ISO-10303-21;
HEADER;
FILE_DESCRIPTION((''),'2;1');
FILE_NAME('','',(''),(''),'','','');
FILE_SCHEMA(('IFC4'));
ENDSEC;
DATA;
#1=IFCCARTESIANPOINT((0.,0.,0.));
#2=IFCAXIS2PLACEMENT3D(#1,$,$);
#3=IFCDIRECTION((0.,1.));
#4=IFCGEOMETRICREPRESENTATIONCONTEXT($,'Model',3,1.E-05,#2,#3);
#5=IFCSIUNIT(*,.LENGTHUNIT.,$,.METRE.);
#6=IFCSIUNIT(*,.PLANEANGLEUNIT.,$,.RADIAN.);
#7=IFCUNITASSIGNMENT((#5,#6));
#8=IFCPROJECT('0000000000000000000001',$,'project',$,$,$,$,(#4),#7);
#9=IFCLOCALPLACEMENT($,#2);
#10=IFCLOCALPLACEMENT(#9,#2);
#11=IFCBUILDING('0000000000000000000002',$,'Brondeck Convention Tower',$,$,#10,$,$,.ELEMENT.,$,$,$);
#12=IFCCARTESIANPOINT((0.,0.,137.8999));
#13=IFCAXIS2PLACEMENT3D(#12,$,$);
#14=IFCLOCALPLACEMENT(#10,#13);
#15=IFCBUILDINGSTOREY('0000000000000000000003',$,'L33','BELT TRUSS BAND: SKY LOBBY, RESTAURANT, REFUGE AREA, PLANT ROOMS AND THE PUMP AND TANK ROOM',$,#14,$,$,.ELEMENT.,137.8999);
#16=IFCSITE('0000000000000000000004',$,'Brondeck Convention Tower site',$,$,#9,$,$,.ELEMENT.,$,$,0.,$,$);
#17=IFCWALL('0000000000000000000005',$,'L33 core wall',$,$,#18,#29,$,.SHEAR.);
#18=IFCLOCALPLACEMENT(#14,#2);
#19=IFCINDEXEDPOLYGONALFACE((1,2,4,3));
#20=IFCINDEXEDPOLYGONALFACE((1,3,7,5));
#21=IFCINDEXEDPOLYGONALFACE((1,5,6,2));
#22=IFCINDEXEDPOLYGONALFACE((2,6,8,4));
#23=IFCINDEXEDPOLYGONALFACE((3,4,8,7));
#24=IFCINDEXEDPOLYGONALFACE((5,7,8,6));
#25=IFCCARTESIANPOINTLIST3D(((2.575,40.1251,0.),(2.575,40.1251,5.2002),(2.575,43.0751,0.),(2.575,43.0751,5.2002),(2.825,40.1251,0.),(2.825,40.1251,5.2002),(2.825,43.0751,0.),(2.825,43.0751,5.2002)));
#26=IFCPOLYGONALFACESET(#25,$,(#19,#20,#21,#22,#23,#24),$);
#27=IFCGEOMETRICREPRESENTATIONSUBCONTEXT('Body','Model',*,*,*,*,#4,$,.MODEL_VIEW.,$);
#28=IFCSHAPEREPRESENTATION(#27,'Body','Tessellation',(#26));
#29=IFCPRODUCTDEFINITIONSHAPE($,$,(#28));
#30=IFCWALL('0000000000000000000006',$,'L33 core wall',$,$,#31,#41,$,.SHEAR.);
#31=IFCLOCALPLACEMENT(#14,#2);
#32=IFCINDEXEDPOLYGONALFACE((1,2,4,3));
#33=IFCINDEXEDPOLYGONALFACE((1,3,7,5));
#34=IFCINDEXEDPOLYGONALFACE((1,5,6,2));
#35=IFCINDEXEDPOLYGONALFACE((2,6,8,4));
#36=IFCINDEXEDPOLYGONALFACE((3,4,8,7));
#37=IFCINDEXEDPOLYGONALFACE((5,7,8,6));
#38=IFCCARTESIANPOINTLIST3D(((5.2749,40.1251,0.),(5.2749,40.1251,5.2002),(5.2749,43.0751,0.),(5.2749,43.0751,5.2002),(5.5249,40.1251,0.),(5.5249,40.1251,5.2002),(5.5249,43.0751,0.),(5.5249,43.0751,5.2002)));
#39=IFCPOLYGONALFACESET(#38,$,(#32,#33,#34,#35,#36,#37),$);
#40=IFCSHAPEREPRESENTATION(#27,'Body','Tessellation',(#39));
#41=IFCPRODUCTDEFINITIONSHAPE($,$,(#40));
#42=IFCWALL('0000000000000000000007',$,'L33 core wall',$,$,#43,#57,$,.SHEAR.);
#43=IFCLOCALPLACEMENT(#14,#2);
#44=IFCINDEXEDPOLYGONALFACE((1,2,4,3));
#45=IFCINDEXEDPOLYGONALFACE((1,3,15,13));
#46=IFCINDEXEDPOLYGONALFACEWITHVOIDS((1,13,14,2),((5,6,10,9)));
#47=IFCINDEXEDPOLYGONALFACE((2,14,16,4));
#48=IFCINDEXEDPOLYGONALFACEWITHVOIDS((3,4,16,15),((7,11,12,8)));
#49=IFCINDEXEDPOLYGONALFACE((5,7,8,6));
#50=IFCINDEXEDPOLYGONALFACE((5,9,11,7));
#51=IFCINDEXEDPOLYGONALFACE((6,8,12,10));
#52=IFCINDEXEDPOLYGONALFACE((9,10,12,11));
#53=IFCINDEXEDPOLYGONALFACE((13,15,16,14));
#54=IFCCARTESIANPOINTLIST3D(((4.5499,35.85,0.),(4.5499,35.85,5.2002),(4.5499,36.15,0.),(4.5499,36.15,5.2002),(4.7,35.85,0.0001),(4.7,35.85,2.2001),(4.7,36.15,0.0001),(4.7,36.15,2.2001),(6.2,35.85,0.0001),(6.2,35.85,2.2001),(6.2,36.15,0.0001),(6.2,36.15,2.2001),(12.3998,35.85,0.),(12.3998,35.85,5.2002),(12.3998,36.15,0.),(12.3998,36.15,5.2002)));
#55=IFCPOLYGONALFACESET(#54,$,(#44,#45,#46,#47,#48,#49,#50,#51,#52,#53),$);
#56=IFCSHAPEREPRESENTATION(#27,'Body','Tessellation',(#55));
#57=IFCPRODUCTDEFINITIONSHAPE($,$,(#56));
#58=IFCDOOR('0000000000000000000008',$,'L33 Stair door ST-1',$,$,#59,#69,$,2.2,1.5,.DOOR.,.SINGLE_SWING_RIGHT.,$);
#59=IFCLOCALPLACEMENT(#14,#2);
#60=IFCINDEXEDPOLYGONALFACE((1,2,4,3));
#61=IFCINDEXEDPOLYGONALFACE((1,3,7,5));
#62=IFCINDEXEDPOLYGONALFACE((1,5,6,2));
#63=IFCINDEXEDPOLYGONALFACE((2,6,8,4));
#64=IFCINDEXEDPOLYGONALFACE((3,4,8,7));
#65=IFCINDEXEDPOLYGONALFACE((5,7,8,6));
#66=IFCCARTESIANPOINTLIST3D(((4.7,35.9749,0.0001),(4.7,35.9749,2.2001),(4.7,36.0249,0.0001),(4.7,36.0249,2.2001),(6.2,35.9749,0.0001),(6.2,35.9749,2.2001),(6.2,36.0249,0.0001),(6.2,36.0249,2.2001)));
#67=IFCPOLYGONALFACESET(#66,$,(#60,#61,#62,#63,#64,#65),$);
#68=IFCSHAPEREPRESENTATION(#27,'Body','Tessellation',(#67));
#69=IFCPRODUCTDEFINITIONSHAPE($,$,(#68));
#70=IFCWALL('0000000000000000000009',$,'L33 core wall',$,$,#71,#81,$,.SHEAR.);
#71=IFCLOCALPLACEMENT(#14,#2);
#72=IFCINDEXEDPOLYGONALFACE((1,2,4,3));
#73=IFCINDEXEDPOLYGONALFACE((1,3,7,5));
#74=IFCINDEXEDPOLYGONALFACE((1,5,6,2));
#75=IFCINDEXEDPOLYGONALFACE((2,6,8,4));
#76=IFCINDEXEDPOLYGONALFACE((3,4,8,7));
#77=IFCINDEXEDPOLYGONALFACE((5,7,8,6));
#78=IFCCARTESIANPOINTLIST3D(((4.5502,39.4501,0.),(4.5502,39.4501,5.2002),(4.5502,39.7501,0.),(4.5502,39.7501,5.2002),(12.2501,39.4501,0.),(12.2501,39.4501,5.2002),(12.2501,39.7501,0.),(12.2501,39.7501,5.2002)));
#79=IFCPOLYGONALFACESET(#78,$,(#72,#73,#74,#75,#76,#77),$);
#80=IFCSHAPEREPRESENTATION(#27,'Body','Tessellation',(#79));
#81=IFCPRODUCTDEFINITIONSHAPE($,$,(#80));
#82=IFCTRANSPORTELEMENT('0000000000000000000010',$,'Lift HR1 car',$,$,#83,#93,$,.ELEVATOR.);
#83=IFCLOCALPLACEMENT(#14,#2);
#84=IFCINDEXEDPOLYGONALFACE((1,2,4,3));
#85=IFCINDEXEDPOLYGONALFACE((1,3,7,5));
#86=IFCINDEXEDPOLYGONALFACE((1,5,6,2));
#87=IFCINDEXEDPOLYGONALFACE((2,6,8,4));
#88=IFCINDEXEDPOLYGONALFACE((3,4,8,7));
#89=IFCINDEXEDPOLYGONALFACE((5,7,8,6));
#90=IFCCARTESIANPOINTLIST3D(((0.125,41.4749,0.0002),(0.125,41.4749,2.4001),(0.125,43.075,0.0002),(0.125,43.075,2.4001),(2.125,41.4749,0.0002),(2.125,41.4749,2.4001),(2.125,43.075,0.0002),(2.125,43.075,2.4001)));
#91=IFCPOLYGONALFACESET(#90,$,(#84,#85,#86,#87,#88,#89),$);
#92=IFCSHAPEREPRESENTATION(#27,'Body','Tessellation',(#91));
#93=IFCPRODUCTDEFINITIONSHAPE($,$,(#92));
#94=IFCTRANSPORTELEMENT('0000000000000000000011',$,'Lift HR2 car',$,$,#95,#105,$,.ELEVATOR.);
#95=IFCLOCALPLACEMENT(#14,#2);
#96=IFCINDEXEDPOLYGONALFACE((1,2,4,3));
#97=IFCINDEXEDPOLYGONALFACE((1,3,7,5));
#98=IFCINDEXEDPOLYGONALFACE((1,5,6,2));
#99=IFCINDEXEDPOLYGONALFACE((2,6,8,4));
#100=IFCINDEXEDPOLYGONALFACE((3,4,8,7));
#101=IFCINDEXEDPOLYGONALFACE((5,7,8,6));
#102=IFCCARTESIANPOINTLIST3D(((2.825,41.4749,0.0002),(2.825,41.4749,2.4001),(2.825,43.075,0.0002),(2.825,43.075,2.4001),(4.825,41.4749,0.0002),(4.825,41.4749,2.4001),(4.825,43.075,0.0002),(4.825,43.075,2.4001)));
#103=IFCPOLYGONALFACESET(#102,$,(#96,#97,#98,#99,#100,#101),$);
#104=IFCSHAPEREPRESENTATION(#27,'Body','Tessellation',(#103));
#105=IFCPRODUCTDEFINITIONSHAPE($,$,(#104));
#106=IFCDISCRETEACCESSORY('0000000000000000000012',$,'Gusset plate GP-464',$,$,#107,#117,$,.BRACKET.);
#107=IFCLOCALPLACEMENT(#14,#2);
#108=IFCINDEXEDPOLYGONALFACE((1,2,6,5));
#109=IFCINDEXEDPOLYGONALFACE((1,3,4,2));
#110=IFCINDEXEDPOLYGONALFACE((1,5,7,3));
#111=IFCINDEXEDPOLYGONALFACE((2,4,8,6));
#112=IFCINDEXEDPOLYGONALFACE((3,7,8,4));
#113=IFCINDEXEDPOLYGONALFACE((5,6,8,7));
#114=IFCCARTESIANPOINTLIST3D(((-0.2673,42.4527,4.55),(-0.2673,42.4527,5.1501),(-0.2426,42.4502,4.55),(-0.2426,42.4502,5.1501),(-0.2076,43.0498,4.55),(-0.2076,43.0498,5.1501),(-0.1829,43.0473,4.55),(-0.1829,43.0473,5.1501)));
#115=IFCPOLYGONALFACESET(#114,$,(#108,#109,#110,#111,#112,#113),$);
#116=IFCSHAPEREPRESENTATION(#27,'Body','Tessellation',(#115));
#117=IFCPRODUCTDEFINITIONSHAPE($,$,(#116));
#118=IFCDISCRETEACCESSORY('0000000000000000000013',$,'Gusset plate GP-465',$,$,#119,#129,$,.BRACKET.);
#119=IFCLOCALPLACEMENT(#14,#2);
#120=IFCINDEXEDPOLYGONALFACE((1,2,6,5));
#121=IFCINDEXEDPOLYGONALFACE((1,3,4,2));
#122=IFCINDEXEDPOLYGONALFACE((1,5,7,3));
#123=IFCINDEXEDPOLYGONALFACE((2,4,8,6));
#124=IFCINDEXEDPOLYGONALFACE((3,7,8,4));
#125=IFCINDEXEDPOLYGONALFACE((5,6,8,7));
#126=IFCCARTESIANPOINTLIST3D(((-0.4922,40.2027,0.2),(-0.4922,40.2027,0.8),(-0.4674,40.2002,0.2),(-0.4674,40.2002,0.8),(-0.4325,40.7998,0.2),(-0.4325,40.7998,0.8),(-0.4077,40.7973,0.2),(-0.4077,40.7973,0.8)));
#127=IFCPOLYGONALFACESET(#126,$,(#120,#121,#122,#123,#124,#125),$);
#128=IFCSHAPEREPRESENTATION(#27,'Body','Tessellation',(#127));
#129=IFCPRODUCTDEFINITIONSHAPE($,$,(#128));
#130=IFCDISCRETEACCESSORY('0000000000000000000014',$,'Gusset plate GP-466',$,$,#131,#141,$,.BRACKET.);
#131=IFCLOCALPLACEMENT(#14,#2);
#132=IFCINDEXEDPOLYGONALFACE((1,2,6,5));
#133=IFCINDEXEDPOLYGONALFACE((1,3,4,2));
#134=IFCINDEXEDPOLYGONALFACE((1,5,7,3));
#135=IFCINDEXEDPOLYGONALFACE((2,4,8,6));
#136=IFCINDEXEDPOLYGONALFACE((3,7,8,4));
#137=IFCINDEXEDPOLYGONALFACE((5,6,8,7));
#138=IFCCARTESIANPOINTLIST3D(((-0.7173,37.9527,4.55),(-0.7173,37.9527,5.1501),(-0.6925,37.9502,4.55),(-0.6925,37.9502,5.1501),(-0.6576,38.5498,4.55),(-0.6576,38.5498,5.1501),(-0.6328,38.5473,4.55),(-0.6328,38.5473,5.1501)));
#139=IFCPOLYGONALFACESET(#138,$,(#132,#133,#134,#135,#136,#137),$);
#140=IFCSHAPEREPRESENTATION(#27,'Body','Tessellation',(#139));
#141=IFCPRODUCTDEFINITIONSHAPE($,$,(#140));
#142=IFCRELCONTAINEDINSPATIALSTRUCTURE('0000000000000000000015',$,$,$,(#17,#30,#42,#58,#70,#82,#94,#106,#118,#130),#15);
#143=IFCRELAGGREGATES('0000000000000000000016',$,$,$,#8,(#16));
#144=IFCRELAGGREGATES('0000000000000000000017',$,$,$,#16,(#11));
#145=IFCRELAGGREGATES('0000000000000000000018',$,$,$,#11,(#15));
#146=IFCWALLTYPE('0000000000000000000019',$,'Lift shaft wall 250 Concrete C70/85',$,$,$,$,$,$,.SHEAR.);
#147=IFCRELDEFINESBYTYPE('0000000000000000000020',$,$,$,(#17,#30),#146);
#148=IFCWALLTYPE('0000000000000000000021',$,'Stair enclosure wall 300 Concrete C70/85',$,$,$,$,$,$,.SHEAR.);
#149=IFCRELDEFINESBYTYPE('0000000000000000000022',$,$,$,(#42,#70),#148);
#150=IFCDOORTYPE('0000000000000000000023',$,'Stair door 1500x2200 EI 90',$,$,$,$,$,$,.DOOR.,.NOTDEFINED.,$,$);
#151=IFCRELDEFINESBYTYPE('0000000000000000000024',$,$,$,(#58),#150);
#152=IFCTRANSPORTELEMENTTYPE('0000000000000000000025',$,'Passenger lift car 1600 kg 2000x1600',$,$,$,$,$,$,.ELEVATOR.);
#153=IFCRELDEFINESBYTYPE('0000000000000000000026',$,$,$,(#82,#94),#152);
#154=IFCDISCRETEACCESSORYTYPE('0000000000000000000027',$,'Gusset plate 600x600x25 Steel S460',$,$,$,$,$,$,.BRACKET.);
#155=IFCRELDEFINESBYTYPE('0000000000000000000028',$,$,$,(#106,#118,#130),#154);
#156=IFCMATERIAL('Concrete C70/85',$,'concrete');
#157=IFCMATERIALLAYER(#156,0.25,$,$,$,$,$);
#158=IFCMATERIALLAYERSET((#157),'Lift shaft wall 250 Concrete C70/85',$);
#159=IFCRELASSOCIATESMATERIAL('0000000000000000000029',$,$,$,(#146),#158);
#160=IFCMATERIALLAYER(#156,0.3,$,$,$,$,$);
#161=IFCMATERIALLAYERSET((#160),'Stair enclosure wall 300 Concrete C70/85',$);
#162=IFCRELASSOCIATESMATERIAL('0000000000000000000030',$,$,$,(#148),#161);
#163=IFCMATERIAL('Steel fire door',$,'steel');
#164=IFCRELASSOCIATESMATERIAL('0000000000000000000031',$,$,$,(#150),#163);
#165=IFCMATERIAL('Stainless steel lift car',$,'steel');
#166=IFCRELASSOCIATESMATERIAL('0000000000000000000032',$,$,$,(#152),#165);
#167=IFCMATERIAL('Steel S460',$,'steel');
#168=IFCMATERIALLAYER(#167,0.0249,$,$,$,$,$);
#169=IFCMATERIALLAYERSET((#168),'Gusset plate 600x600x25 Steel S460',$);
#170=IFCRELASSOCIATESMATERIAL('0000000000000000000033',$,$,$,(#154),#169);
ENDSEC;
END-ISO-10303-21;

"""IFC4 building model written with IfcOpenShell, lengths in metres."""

from ifc_helpers import new_model, si_unit, direction, frame, frame_2d, origin, origin_2d, place, context, subcontext, project, spatial, rectangle, extrude, material, layer, layer_set, type_object, element, fill, save


model = new_model("IFC4")

# Units and contexts
model_context = context("Model", 3, precision=1e-05, world=origin(), true_north=direction((0.0, 1.0)))
body_context = subcontext(model_context, "Body", "Model", "MODEL_VIEW")
ifc_project = project(units=[si_unit("LENGTHUNIT", "METRE"), si_unit("PLANEANGLEUNIT", "RADIAN")], contexts=[model_context])

# Site, building, storey
site_placement = place(None, origin())
site = spatial("IfcSite", under=ifc_project, at=site_placement, Name="Brondeck Convention Tower site", CompositionType="ELEMENT", RefElevation=0.0)
building_placement = place(site_placement, origin())
building = spatial("IfcBuilding", under=site, at=building_placement, Name="Brondeck Convention Tower", CompositionType="ELEMENT")
storey_placement = place(building_placement, frame((0.0, 0.0, 137.8999)))
storey = spatial("IfcBuildingStorey", under=building, at=storey_placement, Name="L33", Description="BELT TRUSS BAND: SKY LOBBY, RESTAURANT, REFUGE AREA, PLANT ROOMS AND THE PUMP AND TANK ROOM", CompositionType="ELEMENT", Elevation=137.8999)

# Shared definitions
ifc_material_1 = material(Name="Concrete C70/85", Category="concrete")

# Shared definitions
ifc_material_2 = material(Name="Steel S460", Category="steel")

# Walls
ifc_layer_1 = layer(ifc_material_1, 0.25)
ifc_layer_set_1 = layer_set([ifc_layer_1], Name="Lift shaft wall 250 Concrete C70/85")
wall_type_1 = type_object("IfcWallType", Name="Lift shaft wall 250 Concrete C70/85", PredefinedType="SHEAR", material=ifc_layer_set_1)
for number, where, z_axis, x_axis, name in (
    (1, (2.7, 40.125, 0.0), (0.0, 0.0, 1.0), (0.0, 1.0, 0.0), "L33 core wall"),
    (2, (5.3999, 40.125, 0.0), (0.0, 0.0, 1.0), (0.0, 1.0, 0.0), "L33 core wall"),
):
    element("IfcWall", number, at=place(storey_placement, frame(where, z_axis=z_axis, x_axis=x_axis)), inside=storey, type_object=wall_type_1, Name=name, PredefinedType="SHEAR", context=body_context, shape_type="SweptSolid", body=[
        extrude(rectangle(XDim=2.95, YDim=0.25, at=frame_2d((1.4751, 0.0))), origin(), (0.0, 0.0, 1.0), 5.2002),
    ])

# Wall, opening, door
ifc_layer_2 = layer(ifc_material_1, 0.3)
ifc_layer_set_2 = layer_set([ifc_layer_2], Name="Stair enclosure wall 300 Concrete C70/85")
wall_type_2 = type_object("IfcWallType", Name="Stair enclosure wall 300 Concrete C70/85", PredefinedType="SHEAR", material=ifc_layer_set_2)
wall_1_placement = place(storey_placement, frame((4.55, 36.0, 0.0), z_axis=(0.0, 0.0, 1.0), x_axis=(1.0, 0.0, 0.0)))
wall_1 = element("IfcWall", 3, at=wall_1_placement, inside=storey, type_object=wall_type_2, Name="L33 core wall", PredefinedType="SHEAR", context=body_context, shape_type="SweptSolid", body=[
    extrude(rectangle(XDim=7.8499, YDim=0.3, at=frame_2d((3.9248, 0.0))), origin(), (0.0, 0.0, 1.0), 5.2002),
])
opening_placement = place(wall_1_placement, frame((0.1499, 0.0, 0.0)))
opening = element("IfcOpeningElement", 4, at=opening_placement, cuts=wall_1, PredefinedType="OPENING", context=body_context, shape_type="SweptSolid", body=[
    extrude(rectangle(XDim=1.5, YDim=2.2, at=frame_2d((0.75, 1.1001))), frame((0.0, 0.1599, 0.0), z_axis=(0.0, -1.0, 0.0), x_axis=(1.0, 0.0, 0.0)), (0.0, 0.0, 1.0), 0.3201),
])
ifc_material_3 = material(Name="Steel fire door", Category="steel")
door_type = type_object("IfcDoorType", Name="Stair door 1500x2200 EI 90", OperationType="NOTDEFINED", PredefinedType="DOOR", material=ifc_material_3)
door_placement = place(opening_placement, origin())
door = element("IfcDoor", 5, at=door_placement, inside=storey, type_object=door_type, Name="L33 Stair door ST-1", OperationType="SINGLE_SWING_RIGHT", OverallHeight=2.2, OverallWidth=1.5, PredefinedType="DOOR", context=body_context, shape_type="SweptSolid", body=[
    extrude(rectangle(XDim=1.5, YDim=2.2, at=frame_2d((0.75, 1.1001))), frame((0.0, 0.0249, 0.0), z_axis=(0.0, -1.0, 0.0), x_axis=(1.0, 0.0, 0.0)), (0.0, 0.0, 1.0), 0.05),
])
fill(opening, door)

# Wall
wall_2_placement = place(storey_placement, frame((4.55, 39.6001, 0.0), z_axis=(0.0, 0.0, 1.0), x_axis=(1.0, 0.0, 0.0)))
element("IfcWall", 6, at=wall_2_placement, inside=storey, type_object=wall_type_2, Name="L33 core wall", PredefinedType="SHEAR", context=body_context, shape_type="SweptSolid", body=[
    extrude(rectangle(XDim=7.7, YDim=0.3, at=frame_2d((3.8501, 0.0))), origin(), (0.0, 0.0, 1.0), 5.2002),
])

# Transport elements
ifc_material_4 = material(Name="Stainless steel lift car", Category="steel")
transport_element_type = type_object("IfcTransportElementType", Name="Passenger lift car 1600 kg 2000x1600", PredefinedType="ELEVATOR", material=ifc_material_4)
for number, where, z_axis, x_axis, name in (
    (7, (1.125, 42.2749, 0.0002), (0.0, 0.0, 1.0), (1.0, 0.0, 0.0), "Lift HR1 car"),
    (8, (3.825, 42.2749, 0.0002), (0.0, 0.0, 1.0), (1.0, 0.0, 0.0), "Lift HR2 car"),
):
    element("IfcTransportElement", number, at=place(storey_placement, frame(where, z_axis=z_axis, x_axis=x_axis)), inside=storey, type_object=transport_element_type, Name=name, PredefinedType="ELEVATOR", context=body_context, shape_type="SweptSolid", body=[
        extrude(rectangle(XDim=2.0, YDim=1.6001, at=origin_2d()), origin(), (0.0, 0.0, 1.0), 2.3999),
    ])

# Discrete accessories
ifc_layer_3 = layer(ifc_material_2, 0.0249)
ifc_layer_set_3 = layer_set([ifc_layer_3], Name="Gusset plate 600x600x25 Steel S460")
discrete_accessory_type = type_object("IfcDiscreteAccessoryType", Name="Gusset plate 600x600x25 Steel S460", PredefinedType="BRACKET", material=ifc_layer_set_3)
for number, where, z_axis, x_axis, name in (
    (9, (-0.2251, 42.75, 4.55), (0.0, 0.0, 1.0), (0.099511, 0.995036, 0.0), "Gusset plate GP-464"),
    (10, (-0.45, 40.5, 0.2), (0.0, 0.0, 1.0), (0.099511, 0.995036, 0.0), "Gusset plate GP-465"),
    (11, (-0.675, 38.25, 4.55), (0.0, 0.0, 1.0), (0.099511, 0.995036, 0.0), "Gusset plate GP-466"),
):
    element("IfcDiscreteAccessory", number, at=place(storey_placement, frame(where, z_axis=z_axis, x_axis=x_axis)), inside=storey, type_object=discrete_accessory_type, Name=name, PredefinedType="BRACKET", context=body_context, shape_type="SweptSolid", body=[
        extrude(rectangle(XDim=0.6001, YDim=0.0249, at=origin_2d()), origin(), (0.0, 0.0, 1.0), 0.6001),
    ])

save(model, "model.ifc")
